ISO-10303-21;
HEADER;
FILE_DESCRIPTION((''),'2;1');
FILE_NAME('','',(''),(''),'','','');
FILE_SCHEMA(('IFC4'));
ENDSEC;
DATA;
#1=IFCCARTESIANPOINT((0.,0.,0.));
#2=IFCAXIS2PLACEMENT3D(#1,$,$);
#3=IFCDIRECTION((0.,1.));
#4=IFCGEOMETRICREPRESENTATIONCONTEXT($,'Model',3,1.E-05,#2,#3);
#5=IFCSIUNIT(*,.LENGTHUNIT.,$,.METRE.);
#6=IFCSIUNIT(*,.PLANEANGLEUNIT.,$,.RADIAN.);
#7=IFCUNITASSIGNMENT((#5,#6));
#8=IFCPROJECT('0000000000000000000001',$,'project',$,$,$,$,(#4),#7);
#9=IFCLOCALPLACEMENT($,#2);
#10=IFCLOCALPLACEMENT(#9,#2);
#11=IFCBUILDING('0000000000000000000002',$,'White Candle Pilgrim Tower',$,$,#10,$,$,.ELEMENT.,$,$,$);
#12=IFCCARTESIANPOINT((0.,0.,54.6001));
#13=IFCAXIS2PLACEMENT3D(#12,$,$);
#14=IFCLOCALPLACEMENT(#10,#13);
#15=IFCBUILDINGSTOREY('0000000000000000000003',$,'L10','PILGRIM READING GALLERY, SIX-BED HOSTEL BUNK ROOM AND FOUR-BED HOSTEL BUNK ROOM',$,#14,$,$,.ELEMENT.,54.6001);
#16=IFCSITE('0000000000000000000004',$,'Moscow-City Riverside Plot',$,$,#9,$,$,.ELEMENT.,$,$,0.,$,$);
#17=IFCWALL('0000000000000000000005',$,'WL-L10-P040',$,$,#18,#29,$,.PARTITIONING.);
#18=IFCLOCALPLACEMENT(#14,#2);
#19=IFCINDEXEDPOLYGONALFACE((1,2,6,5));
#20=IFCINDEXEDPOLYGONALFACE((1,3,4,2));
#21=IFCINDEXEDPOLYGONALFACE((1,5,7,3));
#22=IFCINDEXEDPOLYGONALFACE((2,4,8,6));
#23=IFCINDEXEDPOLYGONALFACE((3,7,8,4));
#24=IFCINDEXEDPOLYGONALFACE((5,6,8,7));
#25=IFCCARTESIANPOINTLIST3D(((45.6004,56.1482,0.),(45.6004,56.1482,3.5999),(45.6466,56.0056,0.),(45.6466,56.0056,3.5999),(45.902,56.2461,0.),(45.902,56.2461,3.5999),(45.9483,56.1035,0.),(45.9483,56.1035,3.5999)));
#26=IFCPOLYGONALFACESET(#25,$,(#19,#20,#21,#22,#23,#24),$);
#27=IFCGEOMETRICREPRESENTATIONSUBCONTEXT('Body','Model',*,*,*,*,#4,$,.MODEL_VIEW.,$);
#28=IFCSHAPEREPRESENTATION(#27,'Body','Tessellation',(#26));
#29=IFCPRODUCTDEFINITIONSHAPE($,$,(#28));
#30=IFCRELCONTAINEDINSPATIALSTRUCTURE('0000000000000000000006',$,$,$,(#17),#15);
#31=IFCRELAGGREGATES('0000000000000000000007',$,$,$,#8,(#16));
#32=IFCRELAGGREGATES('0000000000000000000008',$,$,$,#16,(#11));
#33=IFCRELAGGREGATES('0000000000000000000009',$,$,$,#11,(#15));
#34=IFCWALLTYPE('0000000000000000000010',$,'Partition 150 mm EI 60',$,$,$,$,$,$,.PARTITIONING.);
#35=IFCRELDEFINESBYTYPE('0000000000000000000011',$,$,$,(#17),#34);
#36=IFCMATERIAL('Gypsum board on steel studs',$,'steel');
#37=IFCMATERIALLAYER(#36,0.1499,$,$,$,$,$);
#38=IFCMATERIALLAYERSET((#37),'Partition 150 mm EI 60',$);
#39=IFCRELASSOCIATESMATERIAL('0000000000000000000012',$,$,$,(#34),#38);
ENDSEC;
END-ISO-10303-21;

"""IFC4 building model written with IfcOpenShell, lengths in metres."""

from ifc_helpers import new_model, si_unit, direction, frame, frame_2d, origin, place, context, subcontext, project, spatial, rectangle, extrude, material, layer, layer_set, type_object, element, save


model = new_model("IFC4")

# Units and contexts
model_context = context("Model", 3, precision=1e-05, world=origin(), true_north=direction((0.0, 1.0)))
body_context = subcontext(model_context, "Body", "Model", "MODEL_VIEW")
ifc_project = project(units=[si_unit("LENGTHUNIT", "METRE"), si_unit("PLANEANGLEUNIT", "RADIAN")], contexts=[model_context])

# Site, building, storey
site_placement = place(None, origin())
site = spatial("IfcSite", under=ifc_project, at=site_placement, Name="Moscow-City Riverside Plot", CompositionType="ELEMENT", RefElevation=0.0)
building_placement = place(site_placement, origin())
building = spatial("IfcBuilding", under=site, at=building_placement, Name="White Candle Pilgrim Tower", CompositionType="ELEMENT")
storey_placement = place(building_placement, frame((0.0, 0.0, 54.6001)))
storey = spatial("IfcBuildingStorey", under=building, at=storey_placement, Name="L10", Description="PILGRIM READING GALLERY, SIX-BED HOSTEL BUNK ROOM AND FOUR-BED HOSTEL BUNK ROOM", CompositionType="ELEMENT", Elevation=54.6001)

# Wall
ifc_material_1 = material(Name="Gypsum board on steel studs", Category="steel")
ifc_layer_1 = layer(ifc_material_1, 0.1499)
ifc_layer_set_1 = layer_set([ifc_layer_1], Name="Partition 150 mm EI 60")
wall_type_1 = type_object("IfcWallType", Name="Partition 150 mm EI 60", PredefinedType="PARTITIONING", material=ifc_layer_set_1)
wall_1_placement = place(storey_placement, frame((45.9253, 56.1748, 0.0), z_axis=(0.0, 0.0, 1.0), x_axis=(-0.951192, -0.308599, 0.0)))
element("IfcWall", 1, at=wall_1_placement, inside=storey, type_object=wall_type_1, Name="WL-L10-P040", PredefinedType="PARTITIONING", context=body_context, shape_type="SweptSolid", body=[
    extrude(rectangle(XDim=0.3171, YDim=0.1499, at=frame_2d((0.1587, 0.0))), origin(), (0.0, 0.0, 1.0), 3.5999),
])

save(model, "model.ifc")
